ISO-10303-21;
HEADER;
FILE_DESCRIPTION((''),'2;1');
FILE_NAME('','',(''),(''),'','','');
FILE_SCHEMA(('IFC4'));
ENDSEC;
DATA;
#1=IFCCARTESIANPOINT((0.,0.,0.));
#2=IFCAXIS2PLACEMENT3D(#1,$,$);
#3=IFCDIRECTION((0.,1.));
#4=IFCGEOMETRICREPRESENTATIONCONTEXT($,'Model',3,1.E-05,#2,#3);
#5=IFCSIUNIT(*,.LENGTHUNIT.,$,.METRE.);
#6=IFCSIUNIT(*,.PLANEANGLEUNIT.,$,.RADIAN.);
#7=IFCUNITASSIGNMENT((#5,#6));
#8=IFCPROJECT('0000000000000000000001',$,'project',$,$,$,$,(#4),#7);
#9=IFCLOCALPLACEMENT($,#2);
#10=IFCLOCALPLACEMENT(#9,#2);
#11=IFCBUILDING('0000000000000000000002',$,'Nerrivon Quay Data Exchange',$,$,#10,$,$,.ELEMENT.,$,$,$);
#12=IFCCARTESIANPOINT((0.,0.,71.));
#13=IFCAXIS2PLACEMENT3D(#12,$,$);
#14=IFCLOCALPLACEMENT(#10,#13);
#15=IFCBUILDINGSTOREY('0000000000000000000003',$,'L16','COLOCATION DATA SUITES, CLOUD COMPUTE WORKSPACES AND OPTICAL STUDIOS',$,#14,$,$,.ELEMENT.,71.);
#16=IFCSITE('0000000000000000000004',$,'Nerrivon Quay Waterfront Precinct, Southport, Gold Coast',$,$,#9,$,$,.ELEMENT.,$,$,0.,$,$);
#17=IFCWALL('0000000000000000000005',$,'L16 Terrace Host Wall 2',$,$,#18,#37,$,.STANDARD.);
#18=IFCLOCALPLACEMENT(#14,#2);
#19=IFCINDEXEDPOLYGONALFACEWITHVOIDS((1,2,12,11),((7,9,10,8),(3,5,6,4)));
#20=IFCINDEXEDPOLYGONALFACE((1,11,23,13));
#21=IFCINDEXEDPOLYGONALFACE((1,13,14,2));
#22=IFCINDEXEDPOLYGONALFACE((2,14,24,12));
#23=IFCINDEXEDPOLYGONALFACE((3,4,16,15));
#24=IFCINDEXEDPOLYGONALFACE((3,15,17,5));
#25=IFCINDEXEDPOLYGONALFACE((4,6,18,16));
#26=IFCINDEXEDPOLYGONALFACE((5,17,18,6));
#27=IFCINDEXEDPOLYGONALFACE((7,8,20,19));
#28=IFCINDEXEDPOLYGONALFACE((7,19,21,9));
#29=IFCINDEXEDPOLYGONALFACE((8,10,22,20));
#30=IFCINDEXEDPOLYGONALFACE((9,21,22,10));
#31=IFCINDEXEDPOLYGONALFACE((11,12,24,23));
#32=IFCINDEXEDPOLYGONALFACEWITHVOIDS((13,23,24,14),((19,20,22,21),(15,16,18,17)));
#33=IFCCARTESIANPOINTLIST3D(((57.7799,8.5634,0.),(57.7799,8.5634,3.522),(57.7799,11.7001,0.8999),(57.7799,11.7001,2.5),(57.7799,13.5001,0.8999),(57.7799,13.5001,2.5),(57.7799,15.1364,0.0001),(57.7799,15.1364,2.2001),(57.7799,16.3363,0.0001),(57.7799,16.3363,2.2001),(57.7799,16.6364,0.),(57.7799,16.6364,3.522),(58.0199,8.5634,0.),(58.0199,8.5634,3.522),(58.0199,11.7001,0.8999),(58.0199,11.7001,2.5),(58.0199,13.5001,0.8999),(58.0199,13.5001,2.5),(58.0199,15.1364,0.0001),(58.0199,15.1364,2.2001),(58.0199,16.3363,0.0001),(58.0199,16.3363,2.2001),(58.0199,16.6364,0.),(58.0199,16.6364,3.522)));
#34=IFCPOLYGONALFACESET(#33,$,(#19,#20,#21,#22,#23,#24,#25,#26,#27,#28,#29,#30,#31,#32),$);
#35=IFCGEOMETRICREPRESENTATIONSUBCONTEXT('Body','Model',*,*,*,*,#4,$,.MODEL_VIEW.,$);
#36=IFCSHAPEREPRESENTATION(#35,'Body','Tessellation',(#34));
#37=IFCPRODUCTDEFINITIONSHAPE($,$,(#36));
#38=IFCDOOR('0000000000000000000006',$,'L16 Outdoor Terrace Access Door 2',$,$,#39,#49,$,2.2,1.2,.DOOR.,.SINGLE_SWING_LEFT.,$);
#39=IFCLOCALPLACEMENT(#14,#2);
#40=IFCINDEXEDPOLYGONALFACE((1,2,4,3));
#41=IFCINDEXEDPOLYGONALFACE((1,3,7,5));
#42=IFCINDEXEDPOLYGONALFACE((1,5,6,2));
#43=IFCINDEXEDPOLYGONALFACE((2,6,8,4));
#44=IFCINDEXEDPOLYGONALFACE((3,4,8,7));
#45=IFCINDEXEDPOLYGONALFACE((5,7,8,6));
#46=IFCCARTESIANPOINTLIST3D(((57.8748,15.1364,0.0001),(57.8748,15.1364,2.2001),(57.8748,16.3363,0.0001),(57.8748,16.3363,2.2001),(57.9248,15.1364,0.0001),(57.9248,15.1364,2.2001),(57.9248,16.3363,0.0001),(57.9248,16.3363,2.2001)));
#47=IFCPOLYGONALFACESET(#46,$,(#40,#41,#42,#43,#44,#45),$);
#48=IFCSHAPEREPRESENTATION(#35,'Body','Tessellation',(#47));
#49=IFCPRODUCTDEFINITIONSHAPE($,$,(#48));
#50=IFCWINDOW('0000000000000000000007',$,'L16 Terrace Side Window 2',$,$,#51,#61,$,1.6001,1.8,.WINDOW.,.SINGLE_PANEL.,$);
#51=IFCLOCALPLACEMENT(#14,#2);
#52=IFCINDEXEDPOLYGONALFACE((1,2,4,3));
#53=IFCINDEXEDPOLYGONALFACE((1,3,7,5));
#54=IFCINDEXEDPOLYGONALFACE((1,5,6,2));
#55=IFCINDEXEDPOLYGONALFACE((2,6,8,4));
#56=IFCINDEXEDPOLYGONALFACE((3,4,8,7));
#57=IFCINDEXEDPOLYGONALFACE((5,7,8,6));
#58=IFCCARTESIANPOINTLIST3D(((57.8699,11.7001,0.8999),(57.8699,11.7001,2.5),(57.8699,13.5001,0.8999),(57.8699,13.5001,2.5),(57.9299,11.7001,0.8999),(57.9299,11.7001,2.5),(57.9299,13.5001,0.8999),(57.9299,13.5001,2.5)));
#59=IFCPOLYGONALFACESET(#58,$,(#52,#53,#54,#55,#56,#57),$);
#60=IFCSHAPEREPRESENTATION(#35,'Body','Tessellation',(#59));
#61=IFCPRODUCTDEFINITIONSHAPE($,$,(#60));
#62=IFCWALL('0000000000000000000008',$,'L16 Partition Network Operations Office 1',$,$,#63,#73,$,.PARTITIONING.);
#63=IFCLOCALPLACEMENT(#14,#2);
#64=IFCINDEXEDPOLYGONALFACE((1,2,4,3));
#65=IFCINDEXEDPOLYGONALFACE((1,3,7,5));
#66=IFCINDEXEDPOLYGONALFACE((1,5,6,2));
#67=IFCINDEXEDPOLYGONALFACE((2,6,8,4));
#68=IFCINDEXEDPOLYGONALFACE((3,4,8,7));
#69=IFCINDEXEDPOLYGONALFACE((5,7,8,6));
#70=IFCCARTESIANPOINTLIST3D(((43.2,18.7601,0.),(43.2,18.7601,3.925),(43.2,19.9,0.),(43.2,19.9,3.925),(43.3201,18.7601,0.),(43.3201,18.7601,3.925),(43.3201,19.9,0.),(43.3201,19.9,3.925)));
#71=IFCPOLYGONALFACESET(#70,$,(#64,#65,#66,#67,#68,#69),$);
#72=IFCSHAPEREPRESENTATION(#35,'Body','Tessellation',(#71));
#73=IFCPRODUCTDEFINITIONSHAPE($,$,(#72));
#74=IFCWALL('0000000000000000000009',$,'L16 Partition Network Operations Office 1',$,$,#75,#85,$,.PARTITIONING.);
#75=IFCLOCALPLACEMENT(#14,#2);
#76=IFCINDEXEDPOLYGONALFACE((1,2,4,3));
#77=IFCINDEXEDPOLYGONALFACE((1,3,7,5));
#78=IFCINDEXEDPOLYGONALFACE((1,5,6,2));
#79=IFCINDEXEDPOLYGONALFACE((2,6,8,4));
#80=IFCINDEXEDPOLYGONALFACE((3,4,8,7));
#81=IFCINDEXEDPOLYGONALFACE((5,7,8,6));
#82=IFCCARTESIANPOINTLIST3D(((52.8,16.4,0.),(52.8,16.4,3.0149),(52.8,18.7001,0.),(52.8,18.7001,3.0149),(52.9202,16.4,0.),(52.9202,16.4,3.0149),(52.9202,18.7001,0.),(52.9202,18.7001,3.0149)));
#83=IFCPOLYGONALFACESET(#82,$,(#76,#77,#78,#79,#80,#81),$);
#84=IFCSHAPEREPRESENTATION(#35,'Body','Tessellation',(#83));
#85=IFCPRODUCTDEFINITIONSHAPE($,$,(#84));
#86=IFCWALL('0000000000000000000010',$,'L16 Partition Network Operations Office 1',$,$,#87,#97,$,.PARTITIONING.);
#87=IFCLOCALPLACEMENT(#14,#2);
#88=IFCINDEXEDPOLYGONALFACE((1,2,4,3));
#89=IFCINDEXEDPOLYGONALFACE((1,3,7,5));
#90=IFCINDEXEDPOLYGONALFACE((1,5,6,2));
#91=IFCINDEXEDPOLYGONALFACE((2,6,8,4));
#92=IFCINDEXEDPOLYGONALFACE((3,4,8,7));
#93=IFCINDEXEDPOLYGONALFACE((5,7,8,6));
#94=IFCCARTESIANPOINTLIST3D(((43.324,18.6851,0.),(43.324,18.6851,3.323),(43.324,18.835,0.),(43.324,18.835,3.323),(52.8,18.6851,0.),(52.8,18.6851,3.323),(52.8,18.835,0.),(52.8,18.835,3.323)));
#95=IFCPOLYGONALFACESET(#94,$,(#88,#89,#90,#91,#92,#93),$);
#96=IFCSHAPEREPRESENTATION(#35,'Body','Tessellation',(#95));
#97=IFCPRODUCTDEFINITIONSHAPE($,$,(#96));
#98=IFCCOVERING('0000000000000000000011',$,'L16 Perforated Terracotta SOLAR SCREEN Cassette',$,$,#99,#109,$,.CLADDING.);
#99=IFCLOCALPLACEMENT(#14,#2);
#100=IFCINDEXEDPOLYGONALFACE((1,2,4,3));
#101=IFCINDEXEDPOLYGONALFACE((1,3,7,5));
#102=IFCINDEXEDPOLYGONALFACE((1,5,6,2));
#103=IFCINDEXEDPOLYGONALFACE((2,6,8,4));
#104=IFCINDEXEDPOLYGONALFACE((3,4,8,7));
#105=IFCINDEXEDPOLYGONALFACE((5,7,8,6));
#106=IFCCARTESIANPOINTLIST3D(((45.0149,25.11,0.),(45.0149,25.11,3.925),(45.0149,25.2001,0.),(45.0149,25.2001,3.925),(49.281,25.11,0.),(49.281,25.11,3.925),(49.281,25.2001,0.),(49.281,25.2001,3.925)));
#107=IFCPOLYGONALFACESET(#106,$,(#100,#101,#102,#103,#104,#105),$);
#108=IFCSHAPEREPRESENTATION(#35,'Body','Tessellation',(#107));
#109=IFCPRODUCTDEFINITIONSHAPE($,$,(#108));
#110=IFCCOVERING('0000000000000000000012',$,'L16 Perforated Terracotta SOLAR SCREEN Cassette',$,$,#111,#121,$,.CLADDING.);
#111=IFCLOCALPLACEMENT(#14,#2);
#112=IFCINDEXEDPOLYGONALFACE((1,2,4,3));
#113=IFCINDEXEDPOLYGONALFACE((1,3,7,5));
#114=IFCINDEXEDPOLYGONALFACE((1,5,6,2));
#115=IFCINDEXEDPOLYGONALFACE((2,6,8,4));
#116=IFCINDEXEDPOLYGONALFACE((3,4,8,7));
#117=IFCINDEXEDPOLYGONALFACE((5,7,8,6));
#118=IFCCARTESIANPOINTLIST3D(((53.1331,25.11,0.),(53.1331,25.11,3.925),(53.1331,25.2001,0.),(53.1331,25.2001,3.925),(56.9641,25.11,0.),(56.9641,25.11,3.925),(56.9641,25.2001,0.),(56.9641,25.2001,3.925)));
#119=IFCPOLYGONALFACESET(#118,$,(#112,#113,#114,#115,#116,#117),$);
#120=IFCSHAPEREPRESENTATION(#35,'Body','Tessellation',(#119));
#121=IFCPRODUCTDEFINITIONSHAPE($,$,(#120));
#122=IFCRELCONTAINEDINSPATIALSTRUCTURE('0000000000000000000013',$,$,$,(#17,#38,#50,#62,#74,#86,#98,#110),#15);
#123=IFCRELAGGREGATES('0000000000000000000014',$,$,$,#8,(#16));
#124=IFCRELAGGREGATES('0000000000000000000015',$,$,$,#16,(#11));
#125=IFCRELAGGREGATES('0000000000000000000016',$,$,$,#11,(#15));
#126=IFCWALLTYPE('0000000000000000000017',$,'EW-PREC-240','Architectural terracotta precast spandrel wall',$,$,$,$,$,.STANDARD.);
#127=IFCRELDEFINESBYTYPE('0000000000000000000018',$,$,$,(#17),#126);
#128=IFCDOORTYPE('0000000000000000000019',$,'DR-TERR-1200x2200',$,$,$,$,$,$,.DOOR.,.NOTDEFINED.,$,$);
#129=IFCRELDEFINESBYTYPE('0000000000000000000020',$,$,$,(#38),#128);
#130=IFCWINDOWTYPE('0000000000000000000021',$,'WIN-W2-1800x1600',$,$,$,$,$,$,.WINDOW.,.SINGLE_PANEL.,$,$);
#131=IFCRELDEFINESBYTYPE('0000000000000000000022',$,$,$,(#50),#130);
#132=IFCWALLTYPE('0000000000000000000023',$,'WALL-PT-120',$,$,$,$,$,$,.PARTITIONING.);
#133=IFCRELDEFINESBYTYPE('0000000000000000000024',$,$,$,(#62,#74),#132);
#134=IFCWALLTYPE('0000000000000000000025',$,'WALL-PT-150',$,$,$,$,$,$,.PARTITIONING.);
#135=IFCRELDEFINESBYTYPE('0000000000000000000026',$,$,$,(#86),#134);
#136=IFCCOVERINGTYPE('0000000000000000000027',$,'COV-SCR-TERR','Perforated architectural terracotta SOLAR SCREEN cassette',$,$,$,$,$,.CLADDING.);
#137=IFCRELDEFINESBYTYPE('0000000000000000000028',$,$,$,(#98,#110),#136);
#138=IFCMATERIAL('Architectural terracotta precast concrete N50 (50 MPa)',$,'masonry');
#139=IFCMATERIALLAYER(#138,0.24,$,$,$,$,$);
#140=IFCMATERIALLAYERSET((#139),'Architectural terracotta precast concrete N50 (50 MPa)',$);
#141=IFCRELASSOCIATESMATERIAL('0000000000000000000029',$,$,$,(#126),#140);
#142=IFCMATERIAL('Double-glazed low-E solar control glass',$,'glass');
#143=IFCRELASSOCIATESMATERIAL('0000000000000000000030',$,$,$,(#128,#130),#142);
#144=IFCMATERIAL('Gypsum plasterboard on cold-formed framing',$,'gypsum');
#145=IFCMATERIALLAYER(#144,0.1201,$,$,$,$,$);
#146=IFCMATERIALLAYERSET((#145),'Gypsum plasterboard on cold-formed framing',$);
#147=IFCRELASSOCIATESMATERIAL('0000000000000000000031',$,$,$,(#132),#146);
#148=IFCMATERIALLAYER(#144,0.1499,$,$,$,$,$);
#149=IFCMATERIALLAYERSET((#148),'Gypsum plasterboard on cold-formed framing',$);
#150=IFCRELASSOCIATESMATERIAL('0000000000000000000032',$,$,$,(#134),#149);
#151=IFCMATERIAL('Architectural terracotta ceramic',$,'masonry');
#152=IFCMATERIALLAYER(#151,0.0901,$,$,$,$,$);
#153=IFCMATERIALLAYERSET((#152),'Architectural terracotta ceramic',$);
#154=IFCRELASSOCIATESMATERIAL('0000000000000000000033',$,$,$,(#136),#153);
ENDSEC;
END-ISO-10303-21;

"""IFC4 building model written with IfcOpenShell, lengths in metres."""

from ifc_helpers import new_model, si_unit, direction, frame, frame_2d, origin, origin_2d, place, context, subcontext, project, spatial, rectangle, extrude, material, layer, layer_set, type_object, element, fill, save


model = new_model("IFC4")

# Units and contexts
model_context = context("Model", 3, precision=1e-05, world=origin(), true_north=direction((0.0, 1.0)))
body_context = subcontext(model_context, "Body", "Model", "MODEL_VIEW")
ifc_project = project(units=[si_unit("LENGTHUNIT", "METRE"), si_unit("PLANEANGLEUNIT", "RADIAN")], contexts=[model_context])

# Site, building, storey
site_placement = place(None, origin())
site = spatial("IfcSite", under=ifc_project, at=site_placement, Name="Nerrivon Quay Waterfront Precinct, Southport, Gold Coast", CompositionType="ELEMENT", RefElevation=0.0)
building_placement = place(site_placement, origin())
building = spatial("IfcBuilding", under=site, at=building_placement, Name="Nerrivon Quay Data Exchange", CompositionType="ELEMENT")
storey_placement = place(building_placement, frame((0.0, 0.0, 71.0)))
storey = spatial("IfcBuildingStorey", under=building, at=storey_placement, Name="L16", Description="COLOCATION DATA SUITES, CLOUD COMPUTE WORKSPACES AND OPTICAL STUDIOS", CompositionType="ELEMENT", Elevation=71.0)

# Shared definitions
ifc_material_1 = material(Name="Double-glazed low-E solar control glass", Category="glass")

# Wall, openings, door, window
ifc_material_2 = material(Name="Architectural terracotta precast concrete N50 (50 MPa)", Category="masonry")
ifc_layer_1 = layer(ifc_material_2, 0.24)
ifc_layer_set_1 = layer_set([ifc_layer_1], Name="Architectural terracotta precast concrete N50 (50 MPa)")
wall_type_1 = type_object("IfcWallType", Name="EW-PREC-240", Description="Architectural terracotta precast spandrel wall", PredefinedType="STANDARD", material=ifc_layer_set_1)
door_type = type_object("IfcDoorType", Name="DR-TERR-1200x2200", OperationType="NOTDEFINED", PredefinedType="DOOR", material=ifc_material_1)
wall_1_placement = place(storey_placement, frame((57.8999, 16.6365, 0.0), z_axis=(0.0, 0.0, 1.0), x_axis=(0.0, -1.0, 0.0)))
wall_1 = element("IfcWall", 1, at=wall_1_placement, inside=storey, type_object=wall_type_1, Name="L16 Terrace Host Wall 2", PredefinedType="STANDARD", context=body_context, shape_type="SweptSolid", body=[
    extrude(rectangle(XDim=8.073, YDim=0.24, at=frame_2d((4.0366, 0.0))), origin(), (0.0, 0.0, 1.0), 3.522),
])
opening_1_placement = place(wall_1_placement, frame((0.3, 0.0, 0.0)))
opening_1 = element("IfcOpeningElement", 2, at=opening_1_placement, cuts=wall_1, PredefinedType="OPENING", context=body_context, shape_type="SweptSolid", body=[
    extrude(rectangle(XDim=1.2, YDim=2.2, at=frame_2d((0.6001, 1.1001))), frame((0.0, 0.1299, 0.0), z_axis=(0.0, -1.0, 0.0), x_axis=(1.0, 0.0, 0.0)), (0.0, 0.0, 1.0), 0.26),
])
opening_2_placement = place(wall_1_placement, frame((3.1365, 0.0, 0.8999)))
opening_2 = element("IfcOpeningElement", 3, at=opening_2_placement, cuts=wall_1, PredefinedType="OPENING", context=body_context, shape_type="SweptSolid", body=[
    extrude(rectangle(XDim=1.8, YDim=1.6001, at=frame_2d((0.8999, 0.8))), frame((0.0, 0.1299, 0.0), z_axis=(0.0, -1.0, 0.0), x_axis=(1.0, 0.0, 0.0)), (0.0, 0.0, 1.0), 0.26),
])
door_1_placement = place(opening_1_placement, origin())
door_1 = element("IfcDoor", 4, at=door_1_placement, inside=storey, type_object=door_type, Name="L16 Outdoor Terrace Access Door 2", OperationType="SINGLE_SWING_LEFT", OverallHeight=2.2, OverallWidth=1.2, PredefinedType="DOOR", context=body_context, shape_type="SweptSolid", body=[
    extrude(rectangle(XDim=1.2, YDim=2.2, at=frame_2d((0.6001, 1.1001))), frame((0.0, 0.0249, 0.0), z_axis=(0.0, -1.0, 0.0), x_axis=(1.0, 0.0, 0.0)), (0.0, 0.0, 1.0), 0.05),
])
fill(opening_1, door_1)
window_type_1 = type_object("IfcWindowType", Name="WIN-W2-1800x1600", PartitioningType="SINGLE_PANEL", PredefinedType="WINDOW", material=ifc_material_1)
window_1_placement = place(opening_2_placement, origin())
window_1 = element("IfcWindow", 5, at=window_1_placement, inside=storey, type_object=window_type_1, Name="L16 Terrace Side Window 2", OverallHeight=1.6001, OverallWidth=1.8, PartitioningType="SINGLE_PANEL", PredefinedType="WINDOW", context=body_context, shape_type="SweptSolid", body=[
    extrude(rectangle(XDim=1.8, YDim=1.6001, at=frame_2d((0.8999, 0.8))), frame((0.0, 0.03, 0.0), z_axis=(0.0, -1.0, 0.0), x_axis=(1.0, 0.0, 0.0)), (0.0, 0.0, 1.0), 0.0601),
])
fill(opening_2, window_1)

# Walls
ifc_material_3 = material(Name="Gypsum plasterboard on cold-formed framing", Category="gypsum")
ifc_layer_2 = layer(ifc_material_3, 0.1201)
ifc_layer_set_2 = layer_set([ifc_layer_2], Name="Gypsum plasterboard on cold-formed framing")
wall_type_2 = type_object("IfcWallType", Name="WALL-PT-120", PredefinedType="PARTITIONING", material=ifc_layer_set_2)
wall_2_placement = place(storey_placement, frame((43.26, 19.8999, 0.0), z_axis=(0.0, 0.0, 1.0), x_axis=(0.0, -1.0, 0.0)))
element("IfcWall", 6, at=wall_2_placement, inside=storey, type_object=wall_type_2, Name="L16 Partition Network Operations Office 1", PredefinedType="PARTITIONING", context=body_context, shape_type="SweptSolid", body=[
    extrude(rectangle(XDim=1.1399, YDim=0.1201, at=frame_2d((0.5698, 0.0))), origin(), (0.0, 0.0, 1.0), 3.925),
])
wall_3_placement = place(storey_placement, frame((52.8601, 18.7, 0.0), z_axis=(0.0, 0.0, 1.0), x_axis=(0.0, -1.0, 0.0)))
element("IfcWall", 7, at=wall_3_placement, inside=storey, type_object=wall_type_2, Name="L16 Partition Network Operations Office 1", PredefinedType="PARTITIONING", context=body_context, shape_type="SweptSolid", body=[
    extrude(rectangle(XDim=2.3, YDim=0.1201, at=frame_2d((1.1499, 0.0))), origin(), (0.0, 0.0, 1.0), 3.0149),
])
ifc_layer_3 = layer(ifc_material_3, 0.1499)
ifc_layer_set_3 = layer_set([ifc_layer_3], Name="Gypsum plasterboard on cold-formed framing")
wall_type_3 = type_object("IfcWallType", Name="WALL-PT-150", PredefinedType="PARTITIONING", material=ifc_layer_set_3)
wall_4_placement = place(storey_placement, frame((43.324, 18.76, 0.0), z_axis=(0.0, 0.0, 1.0), x_axis=(1.0, 0.0, 0.0)))
element("IfcWall", 8, at=wall_4_placement, inside=storey, type_object=wall_type_3, Name="L16 Partition Network Operations Office 1", PredefinedType="PARTITIONING", context=body_context, shape_type="SweptSolid", body=[
    extrude(rectangle(XDim=9.4761, YDim=0.1499, at=frame_2d((4.738, 0.0))), origin(), (0.0, 0.0, 1.0), 3.323),
])

# Coverings
ifc_material_4 = material(Name="Architectural terracotta ceramic", Category="masonry")
ifc_layer_4 = layer(ifc_material_4, 0.0901)
ifc_layer_set_4 = layer_set([ifc_layer_4], Name="Architectural terracotta ceramic")
covering_type = type_object("IfcCoveringType", Name="COV-SCR-TERR", Description="Perforated architectural terracotta SOLAR SCREEN cassette", PredefinedType="CLADDING", material=ifc_layer_set_4)
covering_1_placement = place(storey_placement, frame((47.1479, 25.155, 0.0), z_axis=(0.0, 0.0, 1.0), x_axis=(1.0, 0.0, 0.0)))
element("IfcCovering", 9, at=covering_1_placement, inside=storey, type_object=covering_type, Name="L16 Perforated Terracotta SOLAR SCREEN Cassette", PredefinedType="CLADDING", context=body_context, shape_type="SweptSolid", body=[
    extrude(rectangle(XDim=4.2661, YDim=0.0901, at=origin_2d()), origin(), (0.0, 0.0, 1.0), 3.925),
])
covering_2_placement = place(storey_placement, frame((55.0486, 25.155, 0.0), z_axis=(0.0, 0.0, 1.0), x_axis=(1.0, 0.0, 0.0)))
element("IfcCovering", 10, at=covering_2_placement, inside=storey, type_object=covering_type, Name="L16 Perforated Terracotta SOLAR SCREEN Cassette", PredefinedType="CLADDING", context=body_context, shape_type="SweptSolid", body=[
    extrude(rectangle(XDim=3.8311, YDim=0.0901, at=origin_2d()), origin(), (0.0, 0.0, 1.0), 3.925),
])

save(model, "model.ifc")
